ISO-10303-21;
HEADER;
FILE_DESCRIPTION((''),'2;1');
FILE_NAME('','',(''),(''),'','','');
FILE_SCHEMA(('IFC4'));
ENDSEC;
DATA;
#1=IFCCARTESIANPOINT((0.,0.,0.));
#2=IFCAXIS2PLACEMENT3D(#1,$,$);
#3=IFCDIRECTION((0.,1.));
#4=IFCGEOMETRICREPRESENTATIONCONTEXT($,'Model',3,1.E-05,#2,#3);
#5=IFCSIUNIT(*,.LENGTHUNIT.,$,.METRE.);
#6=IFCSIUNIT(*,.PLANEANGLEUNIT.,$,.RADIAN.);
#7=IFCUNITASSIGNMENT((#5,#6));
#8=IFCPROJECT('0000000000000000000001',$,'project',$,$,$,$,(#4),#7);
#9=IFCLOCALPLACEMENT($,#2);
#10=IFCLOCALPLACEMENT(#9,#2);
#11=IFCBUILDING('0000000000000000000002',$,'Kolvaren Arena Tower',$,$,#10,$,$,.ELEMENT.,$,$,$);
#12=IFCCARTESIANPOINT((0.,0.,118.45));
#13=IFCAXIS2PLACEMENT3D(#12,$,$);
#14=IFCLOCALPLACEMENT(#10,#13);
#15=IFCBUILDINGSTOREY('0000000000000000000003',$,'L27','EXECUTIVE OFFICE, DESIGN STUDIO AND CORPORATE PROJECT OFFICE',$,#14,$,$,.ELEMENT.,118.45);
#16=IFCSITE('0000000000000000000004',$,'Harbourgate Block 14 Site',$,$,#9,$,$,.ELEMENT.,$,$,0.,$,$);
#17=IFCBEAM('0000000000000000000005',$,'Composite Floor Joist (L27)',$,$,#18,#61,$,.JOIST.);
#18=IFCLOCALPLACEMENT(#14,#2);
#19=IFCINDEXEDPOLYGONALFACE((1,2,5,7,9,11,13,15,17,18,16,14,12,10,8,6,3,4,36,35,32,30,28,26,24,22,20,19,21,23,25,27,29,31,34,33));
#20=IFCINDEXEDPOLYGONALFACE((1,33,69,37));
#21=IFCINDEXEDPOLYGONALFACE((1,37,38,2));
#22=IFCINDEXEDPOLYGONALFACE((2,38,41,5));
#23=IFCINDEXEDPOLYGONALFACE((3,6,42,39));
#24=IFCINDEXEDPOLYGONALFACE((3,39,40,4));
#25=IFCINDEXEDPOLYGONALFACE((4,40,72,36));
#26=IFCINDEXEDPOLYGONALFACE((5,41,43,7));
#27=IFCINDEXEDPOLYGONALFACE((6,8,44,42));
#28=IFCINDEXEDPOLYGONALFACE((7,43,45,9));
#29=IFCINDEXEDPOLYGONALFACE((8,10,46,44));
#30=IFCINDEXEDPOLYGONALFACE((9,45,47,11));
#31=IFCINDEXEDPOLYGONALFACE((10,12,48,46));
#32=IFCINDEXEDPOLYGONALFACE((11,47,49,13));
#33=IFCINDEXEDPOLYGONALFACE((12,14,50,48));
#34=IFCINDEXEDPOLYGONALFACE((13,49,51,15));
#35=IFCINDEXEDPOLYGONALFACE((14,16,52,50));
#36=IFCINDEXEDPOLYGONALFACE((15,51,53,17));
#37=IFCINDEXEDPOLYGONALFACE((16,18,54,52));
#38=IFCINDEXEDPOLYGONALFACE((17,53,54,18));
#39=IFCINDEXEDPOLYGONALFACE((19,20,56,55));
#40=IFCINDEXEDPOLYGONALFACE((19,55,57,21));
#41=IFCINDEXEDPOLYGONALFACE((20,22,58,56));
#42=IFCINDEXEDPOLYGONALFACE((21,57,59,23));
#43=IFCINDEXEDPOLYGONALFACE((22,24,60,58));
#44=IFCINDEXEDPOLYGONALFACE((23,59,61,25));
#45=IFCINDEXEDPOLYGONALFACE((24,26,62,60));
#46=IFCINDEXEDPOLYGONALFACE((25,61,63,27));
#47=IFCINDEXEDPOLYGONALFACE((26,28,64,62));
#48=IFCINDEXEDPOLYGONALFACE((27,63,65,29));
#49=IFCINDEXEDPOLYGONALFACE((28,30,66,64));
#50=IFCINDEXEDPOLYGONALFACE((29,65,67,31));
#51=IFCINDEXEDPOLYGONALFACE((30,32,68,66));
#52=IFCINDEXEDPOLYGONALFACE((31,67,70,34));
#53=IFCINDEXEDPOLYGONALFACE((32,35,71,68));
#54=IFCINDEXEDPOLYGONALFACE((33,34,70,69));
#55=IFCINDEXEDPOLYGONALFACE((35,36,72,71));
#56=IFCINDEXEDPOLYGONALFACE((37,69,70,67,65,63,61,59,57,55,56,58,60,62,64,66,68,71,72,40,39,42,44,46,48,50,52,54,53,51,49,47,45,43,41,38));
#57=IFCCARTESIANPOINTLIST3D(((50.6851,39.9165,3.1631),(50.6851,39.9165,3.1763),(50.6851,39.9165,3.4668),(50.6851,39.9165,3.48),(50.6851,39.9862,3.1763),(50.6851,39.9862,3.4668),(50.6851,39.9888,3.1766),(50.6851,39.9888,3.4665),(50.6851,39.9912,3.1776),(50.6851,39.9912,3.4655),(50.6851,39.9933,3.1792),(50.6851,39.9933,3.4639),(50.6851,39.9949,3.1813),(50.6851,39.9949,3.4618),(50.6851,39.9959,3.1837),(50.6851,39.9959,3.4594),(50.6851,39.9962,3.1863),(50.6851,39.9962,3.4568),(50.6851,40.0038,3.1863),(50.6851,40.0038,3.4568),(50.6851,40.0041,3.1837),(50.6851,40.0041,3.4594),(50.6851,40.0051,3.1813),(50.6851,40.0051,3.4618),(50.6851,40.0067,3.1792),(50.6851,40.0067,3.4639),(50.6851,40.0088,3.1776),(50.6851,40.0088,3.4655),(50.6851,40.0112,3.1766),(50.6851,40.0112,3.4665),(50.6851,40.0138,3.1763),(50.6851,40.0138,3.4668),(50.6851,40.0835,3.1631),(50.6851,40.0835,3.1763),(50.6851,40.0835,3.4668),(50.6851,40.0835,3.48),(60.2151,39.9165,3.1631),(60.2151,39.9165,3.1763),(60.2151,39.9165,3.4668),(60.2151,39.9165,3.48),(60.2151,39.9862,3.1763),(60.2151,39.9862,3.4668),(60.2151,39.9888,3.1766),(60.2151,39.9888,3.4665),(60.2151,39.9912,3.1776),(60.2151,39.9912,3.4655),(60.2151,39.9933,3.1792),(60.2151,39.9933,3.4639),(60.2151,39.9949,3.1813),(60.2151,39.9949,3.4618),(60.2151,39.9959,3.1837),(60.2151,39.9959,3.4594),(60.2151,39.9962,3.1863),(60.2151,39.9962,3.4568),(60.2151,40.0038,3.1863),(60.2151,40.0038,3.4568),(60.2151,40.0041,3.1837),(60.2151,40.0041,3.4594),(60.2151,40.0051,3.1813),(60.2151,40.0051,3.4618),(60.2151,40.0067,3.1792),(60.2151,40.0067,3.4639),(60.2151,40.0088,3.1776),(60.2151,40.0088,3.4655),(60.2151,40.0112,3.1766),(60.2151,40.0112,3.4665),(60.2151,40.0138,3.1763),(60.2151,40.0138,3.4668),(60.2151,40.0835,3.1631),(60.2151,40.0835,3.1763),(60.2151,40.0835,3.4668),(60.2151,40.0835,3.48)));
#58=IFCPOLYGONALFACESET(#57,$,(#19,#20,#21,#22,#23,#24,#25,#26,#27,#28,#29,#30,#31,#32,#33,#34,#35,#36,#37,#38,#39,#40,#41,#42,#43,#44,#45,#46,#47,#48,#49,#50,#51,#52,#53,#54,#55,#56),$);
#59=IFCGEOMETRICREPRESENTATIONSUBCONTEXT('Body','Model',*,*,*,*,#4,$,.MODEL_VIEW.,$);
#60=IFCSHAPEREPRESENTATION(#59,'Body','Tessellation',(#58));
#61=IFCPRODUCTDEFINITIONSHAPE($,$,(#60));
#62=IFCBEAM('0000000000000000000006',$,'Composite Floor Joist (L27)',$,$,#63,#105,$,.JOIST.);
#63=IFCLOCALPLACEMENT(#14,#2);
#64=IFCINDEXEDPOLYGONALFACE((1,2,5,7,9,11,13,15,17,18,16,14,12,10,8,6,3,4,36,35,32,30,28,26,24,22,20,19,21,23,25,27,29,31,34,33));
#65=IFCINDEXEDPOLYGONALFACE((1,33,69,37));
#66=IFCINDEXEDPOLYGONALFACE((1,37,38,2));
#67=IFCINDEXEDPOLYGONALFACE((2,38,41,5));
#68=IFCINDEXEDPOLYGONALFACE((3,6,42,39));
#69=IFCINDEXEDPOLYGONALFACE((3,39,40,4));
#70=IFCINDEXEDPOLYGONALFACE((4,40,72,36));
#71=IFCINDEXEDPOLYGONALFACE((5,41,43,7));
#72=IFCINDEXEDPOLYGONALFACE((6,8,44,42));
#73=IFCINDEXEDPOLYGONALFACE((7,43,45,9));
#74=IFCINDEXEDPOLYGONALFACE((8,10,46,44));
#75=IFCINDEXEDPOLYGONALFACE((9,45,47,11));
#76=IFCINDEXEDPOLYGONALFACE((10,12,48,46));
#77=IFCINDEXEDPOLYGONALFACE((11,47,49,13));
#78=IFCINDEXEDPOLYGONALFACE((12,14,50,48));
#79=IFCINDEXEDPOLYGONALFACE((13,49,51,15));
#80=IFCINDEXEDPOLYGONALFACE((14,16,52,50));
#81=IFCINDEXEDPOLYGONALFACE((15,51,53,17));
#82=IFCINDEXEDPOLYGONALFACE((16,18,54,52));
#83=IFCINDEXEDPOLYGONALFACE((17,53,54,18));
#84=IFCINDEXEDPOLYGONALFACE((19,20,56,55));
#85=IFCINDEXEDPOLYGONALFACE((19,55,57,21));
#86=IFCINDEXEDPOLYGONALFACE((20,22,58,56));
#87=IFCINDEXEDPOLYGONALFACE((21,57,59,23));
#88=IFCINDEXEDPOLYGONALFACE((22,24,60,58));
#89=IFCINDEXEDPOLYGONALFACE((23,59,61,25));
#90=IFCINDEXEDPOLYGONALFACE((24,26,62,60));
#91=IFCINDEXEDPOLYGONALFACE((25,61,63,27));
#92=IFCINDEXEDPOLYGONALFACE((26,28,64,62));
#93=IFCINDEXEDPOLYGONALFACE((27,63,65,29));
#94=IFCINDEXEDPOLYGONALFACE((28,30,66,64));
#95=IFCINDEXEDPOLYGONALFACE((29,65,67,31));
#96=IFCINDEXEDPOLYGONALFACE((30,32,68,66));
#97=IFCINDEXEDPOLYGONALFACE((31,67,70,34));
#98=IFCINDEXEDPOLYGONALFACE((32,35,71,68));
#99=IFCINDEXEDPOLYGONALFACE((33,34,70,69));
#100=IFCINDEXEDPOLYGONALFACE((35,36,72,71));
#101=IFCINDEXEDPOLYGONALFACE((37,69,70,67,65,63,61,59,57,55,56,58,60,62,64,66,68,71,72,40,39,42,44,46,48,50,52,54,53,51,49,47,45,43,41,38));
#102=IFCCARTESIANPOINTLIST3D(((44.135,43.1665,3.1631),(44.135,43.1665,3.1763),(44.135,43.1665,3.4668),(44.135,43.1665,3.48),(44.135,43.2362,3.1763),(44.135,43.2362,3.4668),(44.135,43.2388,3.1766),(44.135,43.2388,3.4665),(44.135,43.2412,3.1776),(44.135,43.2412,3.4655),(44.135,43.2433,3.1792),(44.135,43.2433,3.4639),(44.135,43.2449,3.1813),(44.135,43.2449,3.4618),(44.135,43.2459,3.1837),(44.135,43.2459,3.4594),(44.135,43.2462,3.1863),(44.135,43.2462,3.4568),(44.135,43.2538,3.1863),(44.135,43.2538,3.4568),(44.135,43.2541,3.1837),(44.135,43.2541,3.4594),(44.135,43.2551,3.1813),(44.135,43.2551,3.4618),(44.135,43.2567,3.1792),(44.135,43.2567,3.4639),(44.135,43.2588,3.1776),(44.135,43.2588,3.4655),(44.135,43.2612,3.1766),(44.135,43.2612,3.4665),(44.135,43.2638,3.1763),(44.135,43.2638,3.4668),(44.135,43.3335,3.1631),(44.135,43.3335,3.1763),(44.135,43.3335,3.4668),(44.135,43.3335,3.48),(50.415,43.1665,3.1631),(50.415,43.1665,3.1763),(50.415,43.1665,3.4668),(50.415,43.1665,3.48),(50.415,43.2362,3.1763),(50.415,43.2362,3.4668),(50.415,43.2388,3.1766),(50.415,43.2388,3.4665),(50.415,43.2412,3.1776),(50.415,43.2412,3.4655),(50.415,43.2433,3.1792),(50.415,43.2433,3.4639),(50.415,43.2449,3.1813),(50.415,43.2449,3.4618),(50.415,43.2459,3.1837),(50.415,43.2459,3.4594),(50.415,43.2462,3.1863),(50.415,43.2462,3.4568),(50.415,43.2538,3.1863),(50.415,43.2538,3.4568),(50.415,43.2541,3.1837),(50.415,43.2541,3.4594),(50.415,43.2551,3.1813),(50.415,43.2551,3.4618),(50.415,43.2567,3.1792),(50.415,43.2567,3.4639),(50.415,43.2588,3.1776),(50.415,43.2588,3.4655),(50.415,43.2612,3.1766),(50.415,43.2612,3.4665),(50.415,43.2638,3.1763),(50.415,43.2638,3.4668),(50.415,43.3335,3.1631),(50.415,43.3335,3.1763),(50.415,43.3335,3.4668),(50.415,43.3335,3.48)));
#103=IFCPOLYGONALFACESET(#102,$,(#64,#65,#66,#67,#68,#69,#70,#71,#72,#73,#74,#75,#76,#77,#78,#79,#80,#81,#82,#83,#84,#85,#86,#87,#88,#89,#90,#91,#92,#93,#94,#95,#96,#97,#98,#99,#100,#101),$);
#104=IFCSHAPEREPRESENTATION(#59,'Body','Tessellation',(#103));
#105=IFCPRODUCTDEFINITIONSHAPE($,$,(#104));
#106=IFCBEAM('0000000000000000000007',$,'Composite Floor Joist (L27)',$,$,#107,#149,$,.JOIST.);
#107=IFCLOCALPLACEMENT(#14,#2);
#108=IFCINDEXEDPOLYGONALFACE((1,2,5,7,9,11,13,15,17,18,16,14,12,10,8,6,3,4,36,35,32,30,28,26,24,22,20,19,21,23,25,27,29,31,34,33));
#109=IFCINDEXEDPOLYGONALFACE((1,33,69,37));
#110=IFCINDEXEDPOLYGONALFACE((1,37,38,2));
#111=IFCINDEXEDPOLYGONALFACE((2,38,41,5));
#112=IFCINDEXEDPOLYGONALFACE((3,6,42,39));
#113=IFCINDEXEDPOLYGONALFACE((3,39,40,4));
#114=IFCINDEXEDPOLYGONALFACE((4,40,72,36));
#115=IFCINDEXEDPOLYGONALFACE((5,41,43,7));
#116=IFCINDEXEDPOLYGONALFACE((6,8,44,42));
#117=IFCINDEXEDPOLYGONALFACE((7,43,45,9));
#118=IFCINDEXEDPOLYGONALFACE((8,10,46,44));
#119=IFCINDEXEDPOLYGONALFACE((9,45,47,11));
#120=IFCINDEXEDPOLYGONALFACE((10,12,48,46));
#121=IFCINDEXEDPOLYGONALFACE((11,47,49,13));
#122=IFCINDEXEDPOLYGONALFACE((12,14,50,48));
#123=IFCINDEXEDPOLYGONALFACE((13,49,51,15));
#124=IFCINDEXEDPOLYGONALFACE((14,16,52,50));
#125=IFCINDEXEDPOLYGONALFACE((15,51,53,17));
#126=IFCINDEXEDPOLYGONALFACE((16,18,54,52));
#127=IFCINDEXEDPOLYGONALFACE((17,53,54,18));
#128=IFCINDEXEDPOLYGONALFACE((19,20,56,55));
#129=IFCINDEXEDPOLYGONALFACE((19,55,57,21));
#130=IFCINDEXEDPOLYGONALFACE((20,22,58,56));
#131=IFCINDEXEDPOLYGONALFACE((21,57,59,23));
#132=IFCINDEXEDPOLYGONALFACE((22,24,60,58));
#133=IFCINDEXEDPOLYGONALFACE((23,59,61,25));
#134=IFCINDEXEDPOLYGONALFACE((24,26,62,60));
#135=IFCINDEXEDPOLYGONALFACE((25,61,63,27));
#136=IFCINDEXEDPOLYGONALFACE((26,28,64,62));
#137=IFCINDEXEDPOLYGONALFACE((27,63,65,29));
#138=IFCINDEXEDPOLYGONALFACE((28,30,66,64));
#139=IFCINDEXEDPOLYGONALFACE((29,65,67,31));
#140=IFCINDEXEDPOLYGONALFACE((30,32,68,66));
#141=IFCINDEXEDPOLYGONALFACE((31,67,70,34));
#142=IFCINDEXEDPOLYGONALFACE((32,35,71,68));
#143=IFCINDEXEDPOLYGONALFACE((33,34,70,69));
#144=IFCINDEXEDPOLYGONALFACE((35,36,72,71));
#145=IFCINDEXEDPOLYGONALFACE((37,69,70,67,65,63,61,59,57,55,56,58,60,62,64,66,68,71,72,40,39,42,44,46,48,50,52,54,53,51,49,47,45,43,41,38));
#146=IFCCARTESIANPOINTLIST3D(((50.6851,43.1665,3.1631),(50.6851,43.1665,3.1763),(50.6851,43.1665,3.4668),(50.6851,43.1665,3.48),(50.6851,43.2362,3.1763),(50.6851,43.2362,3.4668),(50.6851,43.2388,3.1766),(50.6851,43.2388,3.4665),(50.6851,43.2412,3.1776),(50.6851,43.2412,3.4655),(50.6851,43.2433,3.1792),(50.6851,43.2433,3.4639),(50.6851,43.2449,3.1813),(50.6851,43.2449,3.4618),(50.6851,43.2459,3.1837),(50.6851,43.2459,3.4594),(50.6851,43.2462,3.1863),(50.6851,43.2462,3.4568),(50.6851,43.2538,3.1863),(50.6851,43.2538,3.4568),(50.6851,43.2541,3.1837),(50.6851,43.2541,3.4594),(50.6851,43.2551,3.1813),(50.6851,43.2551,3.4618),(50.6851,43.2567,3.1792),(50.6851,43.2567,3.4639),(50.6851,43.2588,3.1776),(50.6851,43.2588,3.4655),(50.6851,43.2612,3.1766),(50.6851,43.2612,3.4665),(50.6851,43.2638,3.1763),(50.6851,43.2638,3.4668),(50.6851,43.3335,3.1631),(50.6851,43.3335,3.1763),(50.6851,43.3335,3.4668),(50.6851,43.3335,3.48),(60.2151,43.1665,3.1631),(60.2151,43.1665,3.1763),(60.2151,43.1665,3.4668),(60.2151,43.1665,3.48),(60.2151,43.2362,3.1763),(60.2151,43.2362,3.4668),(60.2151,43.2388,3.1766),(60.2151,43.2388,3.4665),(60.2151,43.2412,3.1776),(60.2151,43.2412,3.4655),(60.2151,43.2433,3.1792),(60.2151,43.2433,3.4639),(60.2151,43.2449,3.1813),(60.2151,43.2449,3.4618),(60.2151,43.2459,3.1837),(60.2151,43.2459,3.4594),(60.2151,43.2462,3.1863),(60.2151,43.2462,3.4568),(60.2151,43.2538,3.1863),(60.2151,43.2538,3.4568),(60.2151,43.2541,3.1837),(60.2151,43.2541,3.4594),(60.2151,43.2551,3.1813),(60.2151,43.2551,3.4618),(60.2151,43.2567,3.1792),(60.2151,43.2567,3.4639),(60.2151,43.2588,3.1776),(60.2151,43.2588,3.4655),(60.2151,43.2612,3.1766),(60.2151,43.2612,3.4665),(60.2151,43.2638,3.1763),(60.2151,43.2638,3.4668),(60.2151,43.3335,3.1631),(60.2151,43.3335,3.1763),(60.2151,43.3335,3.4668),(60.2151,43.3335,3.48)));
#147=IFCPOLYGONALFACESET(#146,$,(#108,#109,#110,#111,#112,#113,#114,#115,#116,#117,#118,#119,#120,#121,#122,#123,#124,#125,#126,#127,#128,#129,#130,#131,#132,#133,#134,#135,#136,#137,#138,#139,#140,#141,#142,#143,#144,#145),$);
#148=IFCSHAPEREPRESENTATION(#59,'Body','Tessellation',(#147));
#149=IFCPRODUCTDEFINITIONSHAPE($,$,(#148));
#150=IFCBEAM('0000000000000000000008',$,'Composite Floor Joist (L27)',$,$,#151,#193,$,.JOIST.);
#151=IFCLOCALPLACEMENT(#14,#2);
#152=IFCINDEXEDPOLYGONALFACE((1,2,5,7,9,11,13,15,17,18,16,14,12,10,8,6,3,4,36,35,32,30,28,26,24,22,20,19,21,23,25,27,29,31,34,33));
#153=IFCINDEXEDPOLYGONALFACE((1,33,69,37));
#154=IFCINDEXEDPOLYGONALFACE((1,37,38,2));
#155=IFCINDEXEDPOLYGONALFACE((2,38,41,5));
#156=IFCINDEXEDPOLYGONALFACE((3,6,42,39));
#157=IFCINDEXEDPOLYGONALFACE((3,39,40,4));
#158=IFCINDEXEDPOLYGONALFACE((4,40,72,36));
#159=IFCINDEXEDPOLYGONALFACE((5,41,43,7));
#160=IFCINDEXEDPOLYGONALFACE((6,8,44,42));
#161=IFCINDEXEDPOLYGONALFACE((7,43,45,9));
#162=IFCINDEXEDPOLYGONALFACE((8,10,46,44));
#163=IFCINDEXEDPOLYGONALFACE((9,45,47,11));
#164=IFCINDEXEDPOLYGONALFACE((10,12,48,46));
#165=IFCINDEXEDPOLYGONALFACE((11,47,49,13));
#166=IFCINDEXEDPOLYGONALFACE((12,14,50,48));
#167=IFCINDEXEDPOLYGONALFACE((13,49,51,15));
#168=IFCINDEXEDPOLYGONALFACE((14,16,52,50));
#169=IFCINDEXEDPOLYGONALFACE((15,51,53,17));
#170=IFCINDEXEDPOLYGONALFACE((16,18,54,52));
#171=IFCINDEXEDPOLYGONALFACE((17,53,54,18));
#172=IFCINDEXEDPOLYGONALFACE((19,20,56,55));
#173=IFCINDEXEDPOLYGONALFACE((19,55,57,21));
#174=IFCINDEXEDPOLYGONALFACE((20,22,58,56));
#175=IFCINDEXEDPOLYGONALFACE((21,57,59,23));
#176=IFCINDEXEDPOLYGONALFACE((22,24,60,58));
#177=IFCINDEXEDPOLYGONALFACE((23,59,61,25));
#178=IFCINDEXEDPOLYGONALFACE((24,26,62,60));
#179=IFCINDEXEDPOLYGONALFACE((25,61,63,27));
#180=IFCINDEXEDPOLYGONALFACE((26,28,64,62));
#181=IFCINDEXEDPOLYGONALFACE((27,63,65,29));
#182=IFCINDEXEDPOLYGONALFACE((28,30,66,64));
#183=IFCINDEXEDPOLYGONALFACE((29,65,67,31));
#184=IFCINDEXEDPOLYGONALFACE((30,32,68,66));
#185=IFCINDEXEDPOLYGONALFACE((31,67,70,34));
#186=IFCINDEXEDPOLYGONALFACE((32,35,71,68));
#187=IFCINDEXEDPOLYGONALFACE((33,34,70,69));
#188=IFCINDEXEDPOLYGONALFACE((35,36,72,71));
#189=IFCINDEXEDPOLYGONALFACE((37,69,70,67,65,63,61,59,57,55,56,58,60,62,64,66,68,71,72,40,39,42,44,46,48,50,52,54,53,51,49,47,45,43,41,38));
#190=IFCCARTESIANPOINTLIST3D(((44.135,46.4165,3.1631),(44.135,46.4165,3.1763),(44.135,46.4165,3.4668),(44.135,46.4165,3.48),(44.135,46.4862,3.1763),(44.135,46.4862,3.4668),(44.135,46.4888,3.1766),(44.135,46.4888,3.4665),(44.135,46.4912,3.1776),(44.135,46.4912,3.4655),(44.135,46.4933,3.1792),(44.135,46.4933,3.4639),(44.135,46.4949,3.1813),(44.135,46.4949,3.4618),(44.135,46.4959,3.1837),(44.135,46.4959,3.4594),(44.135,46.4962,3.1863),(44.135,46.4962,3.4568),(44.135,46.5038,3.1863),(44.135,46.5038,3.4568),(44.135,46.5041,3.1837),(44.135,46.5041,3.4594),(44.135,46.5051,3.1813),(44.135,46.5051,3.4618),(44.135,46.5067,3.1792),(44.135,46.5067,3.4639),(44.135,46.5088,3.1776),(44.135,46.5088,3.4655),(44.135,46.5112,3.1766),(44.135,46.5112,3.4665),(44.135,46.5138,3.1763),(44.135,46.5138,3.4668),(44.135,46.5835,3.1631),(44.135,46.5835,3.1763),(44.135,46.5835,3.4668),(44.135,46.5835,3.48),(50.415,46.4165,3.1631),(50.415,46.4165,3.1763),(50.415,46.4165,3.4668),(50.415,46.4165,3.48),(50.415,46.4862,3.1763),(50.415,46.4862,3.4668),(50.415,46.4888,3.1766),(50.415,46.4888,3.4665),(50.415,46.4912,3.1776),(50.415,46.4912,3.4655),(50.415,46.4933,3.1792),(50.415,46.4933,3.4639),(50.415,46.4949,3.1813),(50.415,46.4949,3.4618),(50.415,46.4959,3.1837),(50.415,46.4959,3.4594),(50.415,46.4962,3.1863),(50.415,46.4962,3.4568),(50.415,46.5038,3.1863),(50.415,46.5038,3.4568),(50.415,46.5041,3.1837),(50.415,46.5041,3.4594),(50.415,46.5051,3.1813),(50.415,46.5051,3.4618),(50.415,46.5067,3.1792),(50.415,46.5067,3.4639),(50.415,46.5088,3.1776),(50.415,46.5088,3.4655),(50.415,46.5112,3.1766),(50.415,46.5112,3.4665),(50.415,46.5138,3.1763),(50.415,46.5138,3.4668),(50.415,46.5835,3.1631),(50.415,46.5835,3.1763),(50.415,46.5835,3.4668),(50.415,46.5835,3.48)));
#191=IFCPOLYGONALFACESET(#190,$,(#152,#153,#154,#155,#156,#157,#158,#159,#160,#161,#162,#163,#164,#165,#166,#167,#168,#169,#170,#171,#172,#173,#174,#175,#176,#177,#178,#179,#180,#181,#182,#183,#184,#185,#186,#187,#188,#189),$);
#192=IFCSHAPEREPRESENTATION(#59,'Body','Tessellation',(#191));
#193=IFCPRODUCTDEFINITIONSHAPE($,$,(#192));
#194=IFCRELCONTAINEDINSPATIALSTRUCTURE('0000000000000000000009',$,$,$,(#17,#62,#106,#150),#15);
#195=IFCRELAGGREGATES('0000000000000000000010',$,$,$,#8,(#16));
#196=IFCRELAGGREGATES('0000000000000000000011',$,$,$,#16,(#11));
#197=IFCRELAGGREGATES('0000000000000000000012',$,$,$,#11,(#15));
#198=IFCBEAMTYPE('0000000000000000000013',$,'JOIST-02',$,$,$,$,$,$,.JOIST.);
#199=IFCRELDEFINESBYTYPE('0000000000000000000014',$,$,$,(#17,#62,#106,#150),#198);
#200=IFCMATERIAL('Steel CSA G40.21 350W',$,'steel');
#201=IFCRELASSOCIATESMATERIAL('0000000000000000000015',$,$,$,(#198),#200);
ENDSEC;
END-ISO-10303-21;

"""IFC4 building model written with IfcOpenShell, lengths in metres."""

from ifc_helpers import new_model, si_unit, direction, frame, origin, origin_2d, place, context, subcontext, project, spatial, i_section, extrude, material, material_profile, profile_set, type_object, element, save


model = new_model("IFC4")

# Units and contexts
model_context = context("Model", 3, precision=1e-05, world=origin(), true_north=direction((0.0, 1.0)))
body_context = subcontext(model_context, "Body", "Model", "MODEL_VIEW")
ifc_project = project(units=[si_unit("LENGTHUNIT", "METRE"), si_unit("PLANEANGLEUNIT", "RADIAN")], contexts=[model_context])

# Site, building, storey
site_placement = place(None, origin())
site = spatial("IfcSite", under=ifc_project, at=site_placement, Name="Harbourgate Block 14 Site", CompositionType="ELEMENT", RefElevation=0.0)
building_placement = place(site_placement, origin())
building = spatial("IfcBuilding", under=site, at=building_placement, Name="Kolvaren Arena Tower", CompositionType="ELEMENT")
storey_placement = place(building_placement, frame((0.0, 0.0, 118.45)))
storey = spatial("IfcBuildingStorey", under=building, at=storey_placement, Name="L27", Description="EXECUTIVE OFFICE, DESIGN STUDIO AND CORPORATE PROJECT OFFICE", CompositionType="ELEMENT", Elevation=118.45)

# Beams
ifc_material_1 = material(Name="Steel CSA G40.21 350W", Category="steel")
ifc_material_profile_1 = material_profile(ifc_material_1, i_section(OverallWidth=0.167, OverallDepth=0.3169, WebThickness=0.0076, FlangeThickness=0.0132, FilletRadius=0.01, at=origin_2d()), Name="W310x52")
ifc_profile_set_1 = profile_set([ifc_material_profile_1], Name="Steel CSA G40.21 350W")
beam_type_1 = type_object("IfcBeamType", Name="JOIST-02", PredefinedType="JOIST", material=ifc_profile_set_1)
beam_1_placement = place(storey_placement, frame((50.6851, 40.0, 3.3215), z_axis=(1.0, 0.0, 0.0), x_axis=(0.0, 1.0, 0.0)))
element("IfcBeam", 1, at=beam_1_placement, inside=storey, type_object=beam_type_1, Name="Composite Floor Joist (L27)", PredefinedType="JOIST", context=body_context, shape_type="SweptSolid", body=[
    extrude(i_section(OverallWidth=0.167, OverallDepth=0.3169, WebThickness=0.0076, FlangeThickness=0.0132, FilletRadius=0.01, at=origin_2d()), origin(), (0.0, 0.0, 1.0), 9.53),
])
beam_2_placement = place(storey_placement, frame((44.135, 43.25, 3.3215), z_axis=(1.0, 0.0, 0.0), x_axis=(0.0, 1.0, 0.0)))
element("IfcBeam", 2, at=beam_2_placement, inside=storey, type_object=beam_type_1, Name="Composite Floor Joist (L27)", PredefinedType="JOIST", context=body_context, shape_type="SweptSolid", body=[
    extrude(i_section(OverallWidth=0.167, OverallDepth=0.3169, WebThickness=0.0076, FlangeThickness=0.0132, FilletRadius=0.01, at=origin_2d()), origin(), (0.0, 0.0, 1.0), 6.28),
])
beam_3_placement = place(storey_placement, frame((50.6851, 43.25, 3.3215), z_axis=(1.0, 0.0, 0.0), x_axis=(0.0, 1.0, 0.0)))
element("IfcBeam", 3, at=beam_3_placement, inside=storey, type_object=beam_type_1, Name="Composite Floor Joist (L27)", PredefinedType="JOIST", context=body_context, shape_type="SweptSolid", body=[
    extrude(i_section(OverallWidth=0.167, OverallDepth=0.3169, WebThickness=0.0076, FlangeThickness=0.0132, FilletRadius=0.01, at=origin_2d()), origin(), (0.0, 0.0, 1.0), 9.53),
])
for number, where, z_axis, x_axis, name in (
    (4, (44.135, 46.5, 3.3215), (1.0, 0.0, 0.0), (0.0, 1.0, 0.0), "Composite Floor Joist (L27)"),
):
    element("IfcBeam", number, at=place(storey_placement, frame(where, z_axis=z_axis, x_axis=x_axis)), inside=storey, type_object=beam_type_1, Name=name, PredefinedType="JOIST", context=body_context, shape_type="SweptSolid", body=[
        extrude(i_section(OverallWidth=0.167, OverallDepth=0.3169, WebThickness=0.0076, FlangeThickness=0.0132, FilletRadius=0.01, at=origin_2d()), origin(), (0.0, 0.0, 1.0), 6.28),
    ])

save(model, "model.ifc")
